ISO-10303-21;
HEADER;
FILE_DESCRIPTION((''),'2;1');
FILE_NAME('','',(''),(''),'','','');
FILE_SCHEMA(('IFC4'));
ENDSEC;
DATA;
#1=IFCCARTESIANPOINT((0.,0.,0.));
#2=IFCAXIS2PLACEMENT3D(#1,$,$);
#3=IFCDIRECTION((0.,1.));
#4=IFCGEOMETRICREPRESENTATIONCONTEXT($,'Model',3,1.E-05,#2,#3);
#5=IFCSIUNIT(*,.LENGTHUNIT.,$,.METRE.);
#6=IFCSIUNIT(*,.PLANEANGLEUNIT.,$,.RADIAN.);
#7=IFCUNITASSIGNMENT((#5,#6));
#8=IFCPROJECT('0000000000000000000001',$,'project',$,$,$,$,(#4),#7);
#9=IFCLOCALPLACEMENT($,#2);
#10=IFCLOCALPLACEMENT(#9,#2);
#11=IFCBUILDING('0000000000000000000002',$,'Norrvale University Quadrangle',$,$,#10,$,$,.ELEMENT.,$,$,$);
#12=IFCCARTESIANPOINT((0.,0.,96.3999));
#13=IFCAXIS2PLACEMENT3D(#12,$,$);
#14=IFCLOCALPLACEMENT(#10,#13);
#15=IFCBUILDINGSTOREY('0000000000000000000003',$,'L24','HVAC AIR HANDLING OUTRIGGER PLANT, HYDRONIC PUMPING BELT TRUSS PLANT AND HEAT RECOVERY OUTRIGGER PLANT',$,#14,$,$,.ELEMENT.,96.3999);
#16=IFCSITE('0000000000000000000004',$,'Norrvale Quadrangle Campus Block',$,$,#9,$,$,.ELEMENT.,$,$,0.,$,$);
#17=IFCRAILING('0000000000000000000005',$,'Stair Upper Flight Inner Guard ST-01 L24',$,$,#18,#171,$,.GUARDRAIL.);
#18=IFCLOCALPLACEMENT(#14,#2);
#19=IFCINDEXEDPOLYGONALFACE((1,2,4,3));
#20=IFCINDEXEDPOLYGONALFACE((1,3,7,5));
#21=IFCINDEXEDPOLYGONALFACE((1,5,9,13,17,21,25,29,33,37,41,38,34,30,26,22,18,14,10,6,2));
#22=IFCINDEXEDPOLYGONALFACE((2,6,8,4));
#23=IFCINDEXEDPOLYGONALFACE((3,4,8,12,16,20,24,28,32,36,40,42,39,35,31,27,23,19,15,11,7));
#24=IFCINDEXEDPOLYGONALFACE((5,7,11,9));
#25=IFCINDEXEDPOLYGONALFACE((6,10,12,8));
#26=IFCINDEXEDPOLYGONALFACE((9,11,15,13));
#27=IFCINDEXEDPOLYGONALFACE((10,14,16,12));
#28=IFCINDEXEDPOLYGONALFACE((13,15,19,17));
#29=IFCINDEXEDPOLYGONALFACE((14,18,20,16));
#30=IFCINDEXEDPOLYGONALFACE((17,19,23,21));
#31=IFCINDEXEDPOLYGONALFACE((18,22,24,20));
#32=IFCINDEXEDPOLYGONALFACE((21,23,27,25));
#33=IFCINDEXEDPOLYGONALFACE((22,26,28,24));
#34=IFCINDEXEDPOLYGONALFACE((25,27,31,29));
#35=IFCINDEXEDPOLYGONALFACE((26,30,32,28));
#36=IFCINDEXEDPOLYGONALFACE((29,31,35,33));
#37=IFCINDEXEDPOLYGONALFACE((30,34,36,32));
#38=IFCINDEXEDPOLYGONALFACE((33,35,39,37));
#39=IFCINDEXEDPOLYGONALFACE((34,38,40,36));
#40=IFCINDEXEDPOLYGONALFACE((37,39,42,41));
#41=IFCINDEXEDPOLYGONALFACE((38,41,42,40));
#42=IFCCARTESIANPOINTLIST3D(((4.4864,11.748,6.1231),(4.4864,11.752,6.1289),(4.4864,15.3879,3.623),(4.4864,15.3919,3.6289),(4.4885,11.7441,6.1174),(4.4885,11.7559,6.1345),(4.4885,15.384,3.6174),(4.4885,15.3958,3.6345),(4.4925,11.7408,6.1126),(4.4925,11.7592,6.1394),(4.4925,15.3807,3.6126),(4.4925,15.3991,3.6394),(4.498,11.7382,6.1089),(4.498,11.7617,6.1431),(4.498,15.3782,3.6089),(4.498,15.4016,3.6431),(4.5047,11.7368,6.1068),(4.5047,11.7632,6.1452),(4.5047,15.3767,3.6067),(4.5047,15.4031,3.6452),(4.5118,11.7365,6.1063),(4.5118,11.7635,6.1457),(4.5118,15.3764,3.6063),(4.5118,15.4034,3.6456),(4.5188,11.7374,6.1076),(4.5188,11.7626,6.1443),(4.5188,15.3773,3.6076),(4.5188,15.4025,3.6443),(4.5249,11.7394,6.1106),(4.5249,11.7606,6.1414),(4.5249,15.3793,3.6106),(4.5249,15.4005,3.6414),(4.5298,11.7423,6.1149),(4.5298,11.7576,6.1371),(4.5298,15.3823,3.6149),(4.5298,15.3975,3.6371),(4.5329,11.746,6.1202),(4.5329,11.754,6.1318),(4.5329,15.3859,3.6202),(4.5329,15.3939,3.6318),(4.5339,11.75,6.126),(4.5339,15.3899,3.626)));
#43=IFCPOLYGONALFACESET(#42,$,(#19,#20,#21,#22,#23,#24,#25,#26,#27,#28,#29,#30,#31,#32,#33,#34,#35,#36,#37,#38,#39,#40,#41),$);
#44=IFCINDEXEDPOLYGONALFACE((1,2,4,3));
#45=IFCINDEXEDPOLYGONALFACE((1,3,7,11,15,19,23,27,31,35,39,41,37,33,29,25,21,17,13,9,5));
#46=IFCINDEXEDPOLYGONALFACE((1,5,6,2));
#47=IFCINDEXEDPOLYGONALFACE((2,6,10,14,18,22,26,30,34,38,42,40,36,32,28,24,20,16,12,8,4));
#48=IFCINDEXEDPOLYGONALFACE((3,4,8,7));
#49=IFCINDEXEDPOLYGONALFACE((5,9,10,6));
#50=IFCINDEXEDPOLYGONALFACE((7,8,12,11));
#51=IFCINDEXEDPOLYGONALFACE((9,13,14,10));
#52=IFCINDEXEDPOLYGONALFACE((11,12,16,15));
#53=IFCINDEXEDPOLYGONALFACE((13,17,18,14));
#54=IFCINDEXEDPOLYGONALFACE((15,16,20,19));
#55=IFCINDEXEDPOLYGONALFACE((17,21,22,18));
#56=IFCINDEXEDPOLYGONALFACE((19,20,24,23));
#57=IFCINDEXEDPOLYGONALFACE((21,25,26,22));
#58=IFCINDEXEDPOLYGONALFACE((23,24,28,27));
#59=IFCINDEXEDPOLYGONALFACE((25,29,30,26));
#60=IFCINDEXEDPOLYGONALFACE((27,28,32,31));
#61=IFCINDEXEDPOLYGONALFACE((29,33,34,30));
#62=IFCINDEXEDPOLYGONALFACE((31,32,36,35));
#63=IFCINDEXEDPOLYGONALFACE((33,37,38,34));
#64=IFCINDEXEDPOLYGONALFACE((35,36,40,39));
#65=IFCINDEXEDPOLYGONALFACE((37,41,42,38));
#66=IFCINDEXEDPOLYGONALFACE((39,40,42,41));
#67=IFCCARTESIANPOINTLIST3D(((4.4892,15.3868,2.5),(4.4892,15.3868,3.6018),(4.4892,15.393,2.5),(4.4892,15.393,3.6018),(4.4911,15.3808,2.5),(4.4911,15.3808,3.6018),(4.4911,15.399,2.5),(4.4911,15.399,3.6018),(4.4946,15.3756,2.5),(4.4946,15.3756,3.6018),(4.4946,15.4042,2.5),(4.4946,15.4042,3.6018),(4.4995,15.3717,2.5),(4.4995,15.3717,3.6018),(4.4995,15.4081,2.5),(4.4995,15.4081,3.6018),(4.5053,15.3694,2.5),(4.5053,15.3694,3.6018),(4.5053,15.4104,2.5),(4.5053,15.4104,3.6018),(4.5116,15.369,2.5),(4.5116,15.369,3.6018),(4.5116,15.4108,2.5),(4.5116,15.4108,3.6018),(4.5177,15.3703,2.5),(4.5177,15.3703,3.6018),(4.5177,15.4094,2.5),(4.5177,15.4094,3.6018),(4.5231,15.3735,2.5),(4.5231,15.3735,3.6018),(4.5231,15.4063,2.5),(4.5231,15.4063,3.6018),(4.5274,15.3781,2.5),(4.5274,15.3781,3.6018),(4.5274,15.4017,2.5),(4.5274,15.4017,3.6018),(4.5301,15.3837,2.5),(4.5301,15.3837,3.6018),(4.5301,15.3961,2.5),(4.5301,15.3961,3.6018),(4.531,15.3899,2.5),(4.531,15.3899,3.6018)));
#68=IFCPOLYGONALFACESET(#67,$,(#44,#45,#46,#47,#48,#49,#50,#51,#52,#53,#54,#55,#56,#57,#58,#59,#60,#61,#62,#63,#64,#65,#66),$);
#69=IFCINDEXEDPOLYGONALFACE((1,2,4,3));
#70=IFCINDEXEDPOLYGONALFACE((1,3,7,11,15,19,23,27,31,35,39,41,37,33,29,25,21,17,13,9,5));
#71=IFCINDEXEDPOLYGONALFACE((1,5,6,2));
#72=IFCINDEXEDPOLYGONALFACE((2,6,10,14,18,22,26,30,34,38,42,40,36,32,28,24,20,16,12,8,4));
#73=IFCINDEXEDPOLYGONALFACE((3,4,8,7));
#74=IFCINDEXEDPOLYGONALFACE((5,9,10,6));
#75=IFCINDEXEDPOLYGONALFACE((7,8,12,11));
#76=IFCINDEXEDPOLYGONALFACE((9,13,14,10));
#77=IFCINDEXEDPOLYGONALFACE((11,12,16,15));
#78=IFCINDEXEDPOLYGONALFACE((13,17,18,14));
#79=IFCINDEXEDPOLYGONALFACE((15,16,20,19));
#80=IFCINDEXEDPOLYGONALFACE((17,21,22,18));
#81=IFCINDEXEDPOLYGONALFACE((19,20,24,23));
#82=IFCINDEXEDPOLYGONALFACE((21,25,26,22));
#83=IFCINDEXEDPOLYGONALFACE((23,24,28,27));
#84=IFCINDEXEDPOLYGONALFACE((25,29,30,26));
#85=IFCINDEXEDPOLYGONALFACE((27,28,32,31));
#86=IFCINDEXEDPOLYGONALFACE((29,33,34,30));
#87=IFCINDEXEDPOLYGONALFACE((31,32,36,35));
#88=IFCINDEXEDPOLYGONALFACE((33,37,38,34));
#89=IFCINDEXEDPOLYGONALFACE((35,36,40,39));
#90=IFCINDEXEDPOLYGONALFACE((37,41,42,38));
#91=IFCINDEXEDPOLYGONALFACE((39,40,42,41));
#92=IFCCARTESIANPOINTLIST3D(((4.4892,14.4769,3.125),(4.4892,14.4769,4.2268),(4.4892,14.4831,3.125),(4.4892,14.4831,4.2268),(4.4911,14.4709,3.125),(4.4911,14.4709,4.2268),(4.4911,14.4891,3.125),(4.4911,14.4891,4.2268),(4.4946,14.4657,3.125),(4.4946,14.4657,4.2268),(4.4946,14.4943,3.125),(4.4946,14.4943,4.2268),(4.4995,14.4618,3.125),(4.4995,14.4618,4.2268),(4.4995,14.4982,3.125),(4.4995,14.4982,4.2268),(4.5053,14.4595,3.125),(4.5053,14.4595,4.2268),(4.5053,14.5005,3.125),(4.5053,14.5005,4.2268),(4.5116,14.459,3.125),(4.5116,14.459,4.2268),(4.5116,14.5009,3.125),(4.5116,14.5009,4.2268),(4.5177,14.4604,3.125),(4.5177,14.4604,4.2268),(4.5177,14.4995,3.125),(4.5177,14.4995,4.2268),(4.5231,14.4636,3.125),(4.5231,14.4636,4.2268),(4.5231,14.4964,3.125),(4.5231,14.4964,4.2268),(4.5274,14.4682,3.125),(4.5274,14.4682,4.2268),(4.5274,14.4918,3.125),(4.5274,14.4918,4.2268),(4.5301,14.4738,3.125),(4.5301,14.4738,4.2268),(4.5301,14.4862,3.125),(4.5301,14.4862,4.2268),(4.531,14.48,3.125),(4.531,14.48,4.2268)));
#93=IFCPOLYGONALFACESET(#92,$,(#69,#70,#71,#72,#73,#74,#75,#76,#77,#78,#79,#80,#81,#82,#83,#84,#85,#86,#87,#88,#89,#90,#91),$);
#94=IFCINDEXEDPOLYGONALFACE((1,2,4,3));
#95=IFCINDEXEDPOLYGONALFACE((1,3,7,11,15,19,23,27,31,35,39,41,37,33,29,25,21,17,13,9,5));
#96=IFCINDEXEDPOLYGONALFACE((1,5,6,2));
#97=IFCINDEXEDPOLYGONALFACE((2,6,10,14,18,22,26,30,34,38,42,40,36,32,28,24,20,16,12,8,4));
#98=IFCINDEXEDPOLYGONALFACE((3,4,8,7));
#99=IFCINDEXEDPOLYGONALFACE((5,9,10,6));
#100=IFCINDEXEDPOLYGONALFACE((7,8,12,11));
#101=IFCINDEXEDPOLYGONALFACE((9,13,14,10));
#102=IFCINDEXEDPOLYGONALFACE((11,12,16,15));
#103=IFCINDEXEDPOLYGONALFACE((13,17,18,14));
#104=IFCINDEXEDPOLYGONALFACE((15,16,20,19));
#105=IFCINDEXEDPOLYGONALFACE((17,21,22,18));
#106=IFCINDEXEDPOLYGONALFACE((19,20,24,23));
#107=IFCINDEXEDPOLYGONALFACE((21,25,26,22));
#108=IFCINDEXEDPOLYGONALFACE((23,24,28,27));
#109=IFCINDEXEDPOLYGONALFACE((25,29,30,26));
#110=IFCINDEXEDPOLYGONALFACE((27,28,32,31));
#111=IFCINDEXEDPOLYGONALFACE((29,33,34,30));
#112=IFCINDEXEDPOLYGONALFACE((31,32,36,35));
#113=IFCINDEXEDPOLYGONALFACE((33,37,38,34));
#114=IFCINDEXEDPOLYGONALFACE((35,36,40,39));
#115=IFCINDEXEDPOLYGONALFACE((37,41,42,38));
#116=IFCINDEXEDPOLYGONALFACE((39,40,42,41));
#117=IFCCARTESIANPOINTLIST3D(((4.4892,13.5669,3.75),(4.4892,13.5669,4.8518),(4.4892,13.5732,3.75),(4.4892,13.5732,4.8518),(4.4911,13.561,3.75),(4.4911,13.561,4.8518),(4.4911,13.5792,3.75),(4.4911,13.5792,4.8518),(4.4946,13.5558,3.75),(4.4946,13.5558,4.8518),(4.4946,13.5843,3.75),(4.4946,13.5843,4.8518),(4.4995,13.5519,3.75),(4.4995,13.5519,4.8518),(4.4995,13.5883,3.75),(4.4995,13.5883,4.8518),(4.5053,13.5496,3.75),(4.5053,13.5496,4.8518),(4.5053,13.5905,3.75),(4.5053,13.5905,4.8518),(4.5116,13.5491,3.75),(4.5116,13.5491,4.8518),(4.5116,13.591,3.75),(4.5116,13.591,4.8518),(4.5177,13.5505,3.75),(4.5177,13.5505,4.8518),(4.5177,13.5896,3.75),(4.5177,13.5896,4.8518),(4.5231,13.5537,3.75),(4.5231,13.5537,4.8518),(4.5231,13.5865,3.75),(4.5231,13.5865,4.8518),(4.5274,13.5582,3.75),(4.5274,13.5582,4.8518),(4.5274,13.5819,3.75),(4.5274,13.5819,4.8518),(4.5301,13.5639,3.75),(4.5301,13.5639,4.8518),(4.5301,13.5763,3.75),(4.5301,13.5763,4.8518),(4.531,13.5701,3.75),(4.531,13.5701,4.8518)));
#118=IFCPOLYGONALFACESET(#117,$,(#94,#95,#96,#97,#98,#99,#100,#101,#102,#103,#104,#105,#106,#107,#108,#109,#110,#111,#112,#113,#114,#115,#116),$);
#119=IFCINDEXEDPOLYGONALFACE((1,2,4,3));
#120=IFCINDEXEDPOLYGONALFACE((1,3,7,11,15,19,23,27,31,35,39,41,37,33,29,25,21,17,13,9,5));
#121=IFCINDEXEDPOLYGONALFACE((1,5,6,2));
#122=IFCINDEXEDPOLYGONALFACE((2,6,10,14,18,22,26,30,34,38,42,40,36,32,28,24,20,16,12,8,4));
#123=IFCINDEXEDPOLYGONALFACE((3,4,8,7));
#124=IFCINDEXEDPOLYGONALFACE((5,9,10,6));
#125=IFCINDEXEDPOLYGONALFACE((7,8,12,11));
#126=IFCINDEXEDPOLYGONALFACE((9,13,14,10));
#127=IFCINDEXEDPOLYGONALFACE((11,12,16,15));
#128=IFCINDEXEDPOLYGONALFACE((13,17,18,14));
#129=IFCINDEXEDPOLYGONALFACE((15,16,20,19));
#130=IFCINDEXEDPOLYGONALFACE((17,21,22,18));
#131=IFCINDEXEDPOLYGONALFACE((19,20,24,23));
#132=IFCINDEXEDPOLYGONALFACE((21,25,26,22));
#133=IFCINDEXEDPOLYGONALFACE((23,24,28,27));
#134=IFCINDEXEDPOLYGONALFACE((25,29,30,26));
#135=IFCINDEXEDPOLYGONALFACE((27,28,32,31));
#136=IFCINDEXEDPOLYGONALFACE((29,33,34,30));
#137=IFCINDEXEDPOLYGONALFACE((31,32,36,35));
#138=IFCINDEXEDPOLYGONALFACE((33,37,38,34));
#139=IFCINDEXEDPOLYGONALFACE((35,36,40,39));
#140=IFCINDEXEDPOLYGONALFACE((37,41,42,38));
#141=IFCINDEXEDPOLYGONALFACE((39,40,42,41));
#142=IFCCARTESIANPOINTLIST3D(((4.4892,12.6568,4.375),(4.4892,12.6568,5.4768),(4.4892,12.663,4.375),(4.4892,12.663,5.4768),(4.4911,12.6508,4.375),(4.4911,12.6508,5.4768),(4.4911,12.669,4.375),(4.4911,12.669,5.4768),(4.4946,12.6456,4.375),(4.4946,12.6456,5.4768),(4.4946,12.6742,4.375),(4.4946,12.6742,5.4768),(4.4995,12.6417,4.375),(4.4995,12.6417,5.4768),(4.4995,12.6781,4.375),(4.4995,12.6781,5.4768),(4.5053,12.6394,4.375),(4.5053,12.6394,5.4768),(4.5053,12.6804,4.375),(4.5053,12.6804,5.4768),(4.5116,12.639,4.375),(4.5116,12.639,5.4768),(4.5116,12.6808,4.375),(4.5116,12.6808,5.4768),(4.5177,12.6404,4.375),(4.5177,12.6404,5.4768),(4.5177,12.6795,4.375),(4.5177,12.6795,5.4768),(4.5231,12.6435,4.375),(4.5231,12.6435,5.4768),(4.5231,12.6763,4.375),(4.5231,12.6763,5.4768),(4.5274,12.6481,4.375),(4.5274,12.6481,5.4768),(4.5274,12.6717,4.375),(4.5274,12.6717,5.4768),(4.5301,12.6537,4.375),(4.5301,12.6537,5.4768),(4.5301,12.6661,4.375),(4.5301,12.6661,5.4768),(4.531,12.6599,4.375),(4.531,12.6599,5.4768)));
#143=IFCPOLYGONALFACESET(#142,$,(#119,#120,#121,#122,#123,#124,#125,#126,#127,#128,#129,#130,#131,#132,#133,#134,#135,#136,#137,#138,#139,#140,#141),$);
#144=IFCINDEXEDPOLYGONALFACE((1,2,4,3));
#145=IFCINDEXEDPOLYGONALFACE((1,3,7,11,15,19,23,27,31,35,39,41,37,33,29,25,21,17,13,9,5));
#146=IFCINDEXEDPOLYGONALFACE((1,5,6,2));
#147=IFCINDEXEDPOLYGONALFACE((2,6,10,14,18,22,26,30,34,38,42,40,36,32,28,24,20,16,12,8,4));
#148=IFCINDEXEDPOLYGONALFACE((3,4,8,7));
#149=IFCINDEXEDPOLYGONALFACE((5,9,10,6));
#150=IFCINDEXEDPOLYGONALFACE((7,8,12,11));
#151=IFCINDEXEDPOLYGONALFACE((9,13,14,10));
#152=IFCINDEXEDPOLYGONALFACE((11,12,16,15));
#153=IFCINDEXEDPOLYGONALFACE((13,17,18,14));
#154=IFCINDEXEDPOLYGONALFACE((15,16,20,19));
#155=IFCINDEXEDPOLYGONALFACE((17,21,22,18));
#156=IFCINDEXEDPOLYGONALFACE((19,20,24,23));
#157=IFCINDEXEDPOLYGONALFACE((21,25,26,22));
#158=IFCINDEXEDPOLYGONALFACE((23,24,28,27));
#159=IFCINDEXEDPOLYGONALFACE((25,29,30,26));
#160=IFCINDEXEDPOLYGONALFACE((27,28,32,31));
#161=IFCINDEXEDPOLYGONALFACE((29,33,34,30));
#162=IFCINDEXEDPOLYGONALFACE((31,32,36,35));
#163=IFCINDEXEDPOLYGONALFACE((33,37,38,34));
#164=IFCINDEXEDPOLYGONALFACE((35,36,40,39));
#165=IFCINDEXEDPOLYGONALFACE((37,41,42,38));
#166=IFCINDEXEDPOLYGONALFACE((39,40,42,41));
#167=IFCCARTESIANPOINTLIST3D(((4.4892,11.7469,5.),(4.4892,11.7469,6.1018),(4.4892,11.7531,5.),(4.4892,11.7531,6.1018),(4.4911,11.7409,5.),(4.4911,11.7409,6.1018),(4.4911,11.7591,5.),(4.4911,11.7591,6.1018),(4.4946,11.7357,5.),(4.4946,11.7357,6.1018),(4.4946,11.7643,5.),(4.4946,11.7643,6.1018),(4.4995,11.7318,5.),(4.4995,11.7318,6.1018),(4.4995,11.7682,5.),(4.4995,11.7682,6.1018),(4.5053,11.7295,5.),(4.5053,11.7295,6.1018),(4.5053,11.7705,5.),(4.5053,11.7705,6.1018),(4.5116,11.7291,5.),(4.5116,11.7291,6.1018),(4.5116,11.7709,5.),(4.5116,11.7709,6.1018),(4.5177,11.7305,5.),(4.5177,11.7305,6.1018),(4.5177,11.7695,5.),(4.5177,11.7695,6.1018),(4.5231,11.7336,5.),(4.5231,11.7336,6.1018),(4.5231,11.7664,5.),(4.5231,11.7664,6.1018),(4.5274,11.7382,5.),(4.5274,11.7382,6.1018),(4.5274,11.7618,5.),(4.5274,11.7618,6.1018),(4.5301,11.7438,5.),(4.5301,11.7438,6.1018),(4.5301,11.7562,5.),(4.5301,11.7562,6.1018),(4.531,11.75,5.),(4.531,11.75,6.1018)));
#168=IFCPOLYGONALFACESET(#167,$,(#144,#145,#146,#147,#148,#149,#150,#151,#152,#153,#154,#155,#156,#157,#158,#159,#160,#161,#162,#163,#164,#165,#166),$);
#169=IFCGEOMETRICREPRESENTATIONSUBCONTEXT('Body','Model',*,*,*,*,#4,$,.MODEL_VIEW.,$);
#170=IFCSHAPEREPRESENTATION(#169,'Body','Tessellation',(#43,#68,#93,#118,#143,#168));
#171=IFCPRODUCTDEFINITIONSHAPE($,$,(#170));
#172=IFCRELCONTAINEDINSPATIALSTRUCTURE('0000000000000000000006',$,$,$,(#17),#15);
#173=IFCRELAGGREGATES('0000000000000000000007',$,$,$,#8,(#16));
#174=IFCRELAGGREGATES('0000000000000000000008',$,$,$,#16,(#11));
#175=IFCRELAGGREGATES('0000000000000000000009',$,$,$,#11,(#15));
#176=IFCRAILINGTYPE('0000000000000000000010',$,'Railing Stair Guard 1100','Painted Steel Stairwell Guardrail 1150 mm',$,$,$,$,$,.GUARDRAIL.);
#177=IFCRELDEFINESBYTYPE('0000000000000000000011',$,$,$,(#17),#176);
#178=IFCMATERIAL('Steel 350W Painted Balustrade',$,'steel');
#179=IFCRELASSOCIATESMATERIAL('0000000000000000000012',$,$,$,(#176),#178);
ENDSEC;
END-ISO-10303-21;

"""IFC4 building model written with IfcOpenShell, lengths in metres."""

from ifc_helpers import new_model, si_unit, direction, frame, origin, origin_2d, place, context, subcontext, project, spatial, circle, extrude, material, type_object, element, save


model = new_model("IFC4")

# Units and contexts
model_context = context("Model", 3, precision=1e-05, world=origin(), true_north=direction((0.0, 1.0)))
body_context = subcontext(model_context, "Body", "Model", "MODEL_VIEW")
ifc_project = project(units=[si_unit("LENGTHUNIT", "METRE"), si_unit("PLANEANGLEUNIT", "RADIAN")], contexts=[model_context])

# Site, building, storey
site_placement = place(None, origin())
site = spatial("IfcSite", under=ifc_project, at=site_placement, Name="Norrvale Quadrangle Campus Block", CompositionType="ELEMENT", RefElevation=0.0)
building_placement = place(site_placement, origin())
building = spatial("IfcBuilding", under=site, at=building_placement, Name="Norrvale University Quadrangle", CompositionType="ELEMENT")
storey_placement = place(building_placement, frame((0.0, 0.0, 96.3999)))
storey = spatial("IfcBuildingStorey", under=building, at=storey_placement, Name="L24", Description="HVAC AIR HANDLING OUTRIGGER PLANT, HYDRONIC PUMPING BELT TRUSS PLANT AND HEAT RECOVERY OUTRIGGER PLANT", CompositionType="ELEMENT", Elevation=96.3999)

# Railing
ifc_material_1 = material(Name="Steel 350W Painted Balustrade", Category="steel")
railing_type_1 = type_object("IfcRailingType", Name="Railing Stair Guard 1100", Description="Painted Steel Stairwell Guardrail 1150 mm", PredefinedType="GUARDRAIL", material=ifc_material_1)
railing_1_placement = place(storey_placement, frame((4.51, 15.3899, 2.5)))
element("IfcRailing", 1, at=railing_1_placement, inside=storey, type_object=railing_type_1, Name="Stair Upper Flight Inner Guard ST-01 L24", PredefinedType="GUARDRAIL", context=body_context, shape_type="SweptSolid", body=[
    extrude(circle(Radius=0.0239, at=origin_2d()), frame((0.0, 0.0, 1.126), z_axis=(0.0, -0.824298, 0.566156), x_axis=(1.0, 0.0, 0.0)), (0.0, 0.0, 1.0), 4.4158),
    extrude(circle(Radius=0.021, at=origin_2d()), origin(), (0.0, 0.0, 1.0), 1.1018),
    extrude(circle(Radius=0.021, at=origin_2d()), frame((0.0, -0.9099, 0.625)), (0.0, 0.0, 1.0), 1.1018),
    extrude(circle(Radius=0.021, at=origin_2d()), frame((0.0, -1.8198, 1.25)), (0.0, 0.0, 1.0), 1.1018),
    extrude(circle(Radius=0.021, at=origin_2d()), frame((0.0, -2.73, 1.875)), (0.0, 0.0, 1.0), 1.1018),
    extrude(circle(Radius=0.021, at=origin_2d()), frame((0.0, -3.6399, 2.5)), (0.0, 0.0, 1.0), 1.1018),
])

save(model, "model.ifc")
